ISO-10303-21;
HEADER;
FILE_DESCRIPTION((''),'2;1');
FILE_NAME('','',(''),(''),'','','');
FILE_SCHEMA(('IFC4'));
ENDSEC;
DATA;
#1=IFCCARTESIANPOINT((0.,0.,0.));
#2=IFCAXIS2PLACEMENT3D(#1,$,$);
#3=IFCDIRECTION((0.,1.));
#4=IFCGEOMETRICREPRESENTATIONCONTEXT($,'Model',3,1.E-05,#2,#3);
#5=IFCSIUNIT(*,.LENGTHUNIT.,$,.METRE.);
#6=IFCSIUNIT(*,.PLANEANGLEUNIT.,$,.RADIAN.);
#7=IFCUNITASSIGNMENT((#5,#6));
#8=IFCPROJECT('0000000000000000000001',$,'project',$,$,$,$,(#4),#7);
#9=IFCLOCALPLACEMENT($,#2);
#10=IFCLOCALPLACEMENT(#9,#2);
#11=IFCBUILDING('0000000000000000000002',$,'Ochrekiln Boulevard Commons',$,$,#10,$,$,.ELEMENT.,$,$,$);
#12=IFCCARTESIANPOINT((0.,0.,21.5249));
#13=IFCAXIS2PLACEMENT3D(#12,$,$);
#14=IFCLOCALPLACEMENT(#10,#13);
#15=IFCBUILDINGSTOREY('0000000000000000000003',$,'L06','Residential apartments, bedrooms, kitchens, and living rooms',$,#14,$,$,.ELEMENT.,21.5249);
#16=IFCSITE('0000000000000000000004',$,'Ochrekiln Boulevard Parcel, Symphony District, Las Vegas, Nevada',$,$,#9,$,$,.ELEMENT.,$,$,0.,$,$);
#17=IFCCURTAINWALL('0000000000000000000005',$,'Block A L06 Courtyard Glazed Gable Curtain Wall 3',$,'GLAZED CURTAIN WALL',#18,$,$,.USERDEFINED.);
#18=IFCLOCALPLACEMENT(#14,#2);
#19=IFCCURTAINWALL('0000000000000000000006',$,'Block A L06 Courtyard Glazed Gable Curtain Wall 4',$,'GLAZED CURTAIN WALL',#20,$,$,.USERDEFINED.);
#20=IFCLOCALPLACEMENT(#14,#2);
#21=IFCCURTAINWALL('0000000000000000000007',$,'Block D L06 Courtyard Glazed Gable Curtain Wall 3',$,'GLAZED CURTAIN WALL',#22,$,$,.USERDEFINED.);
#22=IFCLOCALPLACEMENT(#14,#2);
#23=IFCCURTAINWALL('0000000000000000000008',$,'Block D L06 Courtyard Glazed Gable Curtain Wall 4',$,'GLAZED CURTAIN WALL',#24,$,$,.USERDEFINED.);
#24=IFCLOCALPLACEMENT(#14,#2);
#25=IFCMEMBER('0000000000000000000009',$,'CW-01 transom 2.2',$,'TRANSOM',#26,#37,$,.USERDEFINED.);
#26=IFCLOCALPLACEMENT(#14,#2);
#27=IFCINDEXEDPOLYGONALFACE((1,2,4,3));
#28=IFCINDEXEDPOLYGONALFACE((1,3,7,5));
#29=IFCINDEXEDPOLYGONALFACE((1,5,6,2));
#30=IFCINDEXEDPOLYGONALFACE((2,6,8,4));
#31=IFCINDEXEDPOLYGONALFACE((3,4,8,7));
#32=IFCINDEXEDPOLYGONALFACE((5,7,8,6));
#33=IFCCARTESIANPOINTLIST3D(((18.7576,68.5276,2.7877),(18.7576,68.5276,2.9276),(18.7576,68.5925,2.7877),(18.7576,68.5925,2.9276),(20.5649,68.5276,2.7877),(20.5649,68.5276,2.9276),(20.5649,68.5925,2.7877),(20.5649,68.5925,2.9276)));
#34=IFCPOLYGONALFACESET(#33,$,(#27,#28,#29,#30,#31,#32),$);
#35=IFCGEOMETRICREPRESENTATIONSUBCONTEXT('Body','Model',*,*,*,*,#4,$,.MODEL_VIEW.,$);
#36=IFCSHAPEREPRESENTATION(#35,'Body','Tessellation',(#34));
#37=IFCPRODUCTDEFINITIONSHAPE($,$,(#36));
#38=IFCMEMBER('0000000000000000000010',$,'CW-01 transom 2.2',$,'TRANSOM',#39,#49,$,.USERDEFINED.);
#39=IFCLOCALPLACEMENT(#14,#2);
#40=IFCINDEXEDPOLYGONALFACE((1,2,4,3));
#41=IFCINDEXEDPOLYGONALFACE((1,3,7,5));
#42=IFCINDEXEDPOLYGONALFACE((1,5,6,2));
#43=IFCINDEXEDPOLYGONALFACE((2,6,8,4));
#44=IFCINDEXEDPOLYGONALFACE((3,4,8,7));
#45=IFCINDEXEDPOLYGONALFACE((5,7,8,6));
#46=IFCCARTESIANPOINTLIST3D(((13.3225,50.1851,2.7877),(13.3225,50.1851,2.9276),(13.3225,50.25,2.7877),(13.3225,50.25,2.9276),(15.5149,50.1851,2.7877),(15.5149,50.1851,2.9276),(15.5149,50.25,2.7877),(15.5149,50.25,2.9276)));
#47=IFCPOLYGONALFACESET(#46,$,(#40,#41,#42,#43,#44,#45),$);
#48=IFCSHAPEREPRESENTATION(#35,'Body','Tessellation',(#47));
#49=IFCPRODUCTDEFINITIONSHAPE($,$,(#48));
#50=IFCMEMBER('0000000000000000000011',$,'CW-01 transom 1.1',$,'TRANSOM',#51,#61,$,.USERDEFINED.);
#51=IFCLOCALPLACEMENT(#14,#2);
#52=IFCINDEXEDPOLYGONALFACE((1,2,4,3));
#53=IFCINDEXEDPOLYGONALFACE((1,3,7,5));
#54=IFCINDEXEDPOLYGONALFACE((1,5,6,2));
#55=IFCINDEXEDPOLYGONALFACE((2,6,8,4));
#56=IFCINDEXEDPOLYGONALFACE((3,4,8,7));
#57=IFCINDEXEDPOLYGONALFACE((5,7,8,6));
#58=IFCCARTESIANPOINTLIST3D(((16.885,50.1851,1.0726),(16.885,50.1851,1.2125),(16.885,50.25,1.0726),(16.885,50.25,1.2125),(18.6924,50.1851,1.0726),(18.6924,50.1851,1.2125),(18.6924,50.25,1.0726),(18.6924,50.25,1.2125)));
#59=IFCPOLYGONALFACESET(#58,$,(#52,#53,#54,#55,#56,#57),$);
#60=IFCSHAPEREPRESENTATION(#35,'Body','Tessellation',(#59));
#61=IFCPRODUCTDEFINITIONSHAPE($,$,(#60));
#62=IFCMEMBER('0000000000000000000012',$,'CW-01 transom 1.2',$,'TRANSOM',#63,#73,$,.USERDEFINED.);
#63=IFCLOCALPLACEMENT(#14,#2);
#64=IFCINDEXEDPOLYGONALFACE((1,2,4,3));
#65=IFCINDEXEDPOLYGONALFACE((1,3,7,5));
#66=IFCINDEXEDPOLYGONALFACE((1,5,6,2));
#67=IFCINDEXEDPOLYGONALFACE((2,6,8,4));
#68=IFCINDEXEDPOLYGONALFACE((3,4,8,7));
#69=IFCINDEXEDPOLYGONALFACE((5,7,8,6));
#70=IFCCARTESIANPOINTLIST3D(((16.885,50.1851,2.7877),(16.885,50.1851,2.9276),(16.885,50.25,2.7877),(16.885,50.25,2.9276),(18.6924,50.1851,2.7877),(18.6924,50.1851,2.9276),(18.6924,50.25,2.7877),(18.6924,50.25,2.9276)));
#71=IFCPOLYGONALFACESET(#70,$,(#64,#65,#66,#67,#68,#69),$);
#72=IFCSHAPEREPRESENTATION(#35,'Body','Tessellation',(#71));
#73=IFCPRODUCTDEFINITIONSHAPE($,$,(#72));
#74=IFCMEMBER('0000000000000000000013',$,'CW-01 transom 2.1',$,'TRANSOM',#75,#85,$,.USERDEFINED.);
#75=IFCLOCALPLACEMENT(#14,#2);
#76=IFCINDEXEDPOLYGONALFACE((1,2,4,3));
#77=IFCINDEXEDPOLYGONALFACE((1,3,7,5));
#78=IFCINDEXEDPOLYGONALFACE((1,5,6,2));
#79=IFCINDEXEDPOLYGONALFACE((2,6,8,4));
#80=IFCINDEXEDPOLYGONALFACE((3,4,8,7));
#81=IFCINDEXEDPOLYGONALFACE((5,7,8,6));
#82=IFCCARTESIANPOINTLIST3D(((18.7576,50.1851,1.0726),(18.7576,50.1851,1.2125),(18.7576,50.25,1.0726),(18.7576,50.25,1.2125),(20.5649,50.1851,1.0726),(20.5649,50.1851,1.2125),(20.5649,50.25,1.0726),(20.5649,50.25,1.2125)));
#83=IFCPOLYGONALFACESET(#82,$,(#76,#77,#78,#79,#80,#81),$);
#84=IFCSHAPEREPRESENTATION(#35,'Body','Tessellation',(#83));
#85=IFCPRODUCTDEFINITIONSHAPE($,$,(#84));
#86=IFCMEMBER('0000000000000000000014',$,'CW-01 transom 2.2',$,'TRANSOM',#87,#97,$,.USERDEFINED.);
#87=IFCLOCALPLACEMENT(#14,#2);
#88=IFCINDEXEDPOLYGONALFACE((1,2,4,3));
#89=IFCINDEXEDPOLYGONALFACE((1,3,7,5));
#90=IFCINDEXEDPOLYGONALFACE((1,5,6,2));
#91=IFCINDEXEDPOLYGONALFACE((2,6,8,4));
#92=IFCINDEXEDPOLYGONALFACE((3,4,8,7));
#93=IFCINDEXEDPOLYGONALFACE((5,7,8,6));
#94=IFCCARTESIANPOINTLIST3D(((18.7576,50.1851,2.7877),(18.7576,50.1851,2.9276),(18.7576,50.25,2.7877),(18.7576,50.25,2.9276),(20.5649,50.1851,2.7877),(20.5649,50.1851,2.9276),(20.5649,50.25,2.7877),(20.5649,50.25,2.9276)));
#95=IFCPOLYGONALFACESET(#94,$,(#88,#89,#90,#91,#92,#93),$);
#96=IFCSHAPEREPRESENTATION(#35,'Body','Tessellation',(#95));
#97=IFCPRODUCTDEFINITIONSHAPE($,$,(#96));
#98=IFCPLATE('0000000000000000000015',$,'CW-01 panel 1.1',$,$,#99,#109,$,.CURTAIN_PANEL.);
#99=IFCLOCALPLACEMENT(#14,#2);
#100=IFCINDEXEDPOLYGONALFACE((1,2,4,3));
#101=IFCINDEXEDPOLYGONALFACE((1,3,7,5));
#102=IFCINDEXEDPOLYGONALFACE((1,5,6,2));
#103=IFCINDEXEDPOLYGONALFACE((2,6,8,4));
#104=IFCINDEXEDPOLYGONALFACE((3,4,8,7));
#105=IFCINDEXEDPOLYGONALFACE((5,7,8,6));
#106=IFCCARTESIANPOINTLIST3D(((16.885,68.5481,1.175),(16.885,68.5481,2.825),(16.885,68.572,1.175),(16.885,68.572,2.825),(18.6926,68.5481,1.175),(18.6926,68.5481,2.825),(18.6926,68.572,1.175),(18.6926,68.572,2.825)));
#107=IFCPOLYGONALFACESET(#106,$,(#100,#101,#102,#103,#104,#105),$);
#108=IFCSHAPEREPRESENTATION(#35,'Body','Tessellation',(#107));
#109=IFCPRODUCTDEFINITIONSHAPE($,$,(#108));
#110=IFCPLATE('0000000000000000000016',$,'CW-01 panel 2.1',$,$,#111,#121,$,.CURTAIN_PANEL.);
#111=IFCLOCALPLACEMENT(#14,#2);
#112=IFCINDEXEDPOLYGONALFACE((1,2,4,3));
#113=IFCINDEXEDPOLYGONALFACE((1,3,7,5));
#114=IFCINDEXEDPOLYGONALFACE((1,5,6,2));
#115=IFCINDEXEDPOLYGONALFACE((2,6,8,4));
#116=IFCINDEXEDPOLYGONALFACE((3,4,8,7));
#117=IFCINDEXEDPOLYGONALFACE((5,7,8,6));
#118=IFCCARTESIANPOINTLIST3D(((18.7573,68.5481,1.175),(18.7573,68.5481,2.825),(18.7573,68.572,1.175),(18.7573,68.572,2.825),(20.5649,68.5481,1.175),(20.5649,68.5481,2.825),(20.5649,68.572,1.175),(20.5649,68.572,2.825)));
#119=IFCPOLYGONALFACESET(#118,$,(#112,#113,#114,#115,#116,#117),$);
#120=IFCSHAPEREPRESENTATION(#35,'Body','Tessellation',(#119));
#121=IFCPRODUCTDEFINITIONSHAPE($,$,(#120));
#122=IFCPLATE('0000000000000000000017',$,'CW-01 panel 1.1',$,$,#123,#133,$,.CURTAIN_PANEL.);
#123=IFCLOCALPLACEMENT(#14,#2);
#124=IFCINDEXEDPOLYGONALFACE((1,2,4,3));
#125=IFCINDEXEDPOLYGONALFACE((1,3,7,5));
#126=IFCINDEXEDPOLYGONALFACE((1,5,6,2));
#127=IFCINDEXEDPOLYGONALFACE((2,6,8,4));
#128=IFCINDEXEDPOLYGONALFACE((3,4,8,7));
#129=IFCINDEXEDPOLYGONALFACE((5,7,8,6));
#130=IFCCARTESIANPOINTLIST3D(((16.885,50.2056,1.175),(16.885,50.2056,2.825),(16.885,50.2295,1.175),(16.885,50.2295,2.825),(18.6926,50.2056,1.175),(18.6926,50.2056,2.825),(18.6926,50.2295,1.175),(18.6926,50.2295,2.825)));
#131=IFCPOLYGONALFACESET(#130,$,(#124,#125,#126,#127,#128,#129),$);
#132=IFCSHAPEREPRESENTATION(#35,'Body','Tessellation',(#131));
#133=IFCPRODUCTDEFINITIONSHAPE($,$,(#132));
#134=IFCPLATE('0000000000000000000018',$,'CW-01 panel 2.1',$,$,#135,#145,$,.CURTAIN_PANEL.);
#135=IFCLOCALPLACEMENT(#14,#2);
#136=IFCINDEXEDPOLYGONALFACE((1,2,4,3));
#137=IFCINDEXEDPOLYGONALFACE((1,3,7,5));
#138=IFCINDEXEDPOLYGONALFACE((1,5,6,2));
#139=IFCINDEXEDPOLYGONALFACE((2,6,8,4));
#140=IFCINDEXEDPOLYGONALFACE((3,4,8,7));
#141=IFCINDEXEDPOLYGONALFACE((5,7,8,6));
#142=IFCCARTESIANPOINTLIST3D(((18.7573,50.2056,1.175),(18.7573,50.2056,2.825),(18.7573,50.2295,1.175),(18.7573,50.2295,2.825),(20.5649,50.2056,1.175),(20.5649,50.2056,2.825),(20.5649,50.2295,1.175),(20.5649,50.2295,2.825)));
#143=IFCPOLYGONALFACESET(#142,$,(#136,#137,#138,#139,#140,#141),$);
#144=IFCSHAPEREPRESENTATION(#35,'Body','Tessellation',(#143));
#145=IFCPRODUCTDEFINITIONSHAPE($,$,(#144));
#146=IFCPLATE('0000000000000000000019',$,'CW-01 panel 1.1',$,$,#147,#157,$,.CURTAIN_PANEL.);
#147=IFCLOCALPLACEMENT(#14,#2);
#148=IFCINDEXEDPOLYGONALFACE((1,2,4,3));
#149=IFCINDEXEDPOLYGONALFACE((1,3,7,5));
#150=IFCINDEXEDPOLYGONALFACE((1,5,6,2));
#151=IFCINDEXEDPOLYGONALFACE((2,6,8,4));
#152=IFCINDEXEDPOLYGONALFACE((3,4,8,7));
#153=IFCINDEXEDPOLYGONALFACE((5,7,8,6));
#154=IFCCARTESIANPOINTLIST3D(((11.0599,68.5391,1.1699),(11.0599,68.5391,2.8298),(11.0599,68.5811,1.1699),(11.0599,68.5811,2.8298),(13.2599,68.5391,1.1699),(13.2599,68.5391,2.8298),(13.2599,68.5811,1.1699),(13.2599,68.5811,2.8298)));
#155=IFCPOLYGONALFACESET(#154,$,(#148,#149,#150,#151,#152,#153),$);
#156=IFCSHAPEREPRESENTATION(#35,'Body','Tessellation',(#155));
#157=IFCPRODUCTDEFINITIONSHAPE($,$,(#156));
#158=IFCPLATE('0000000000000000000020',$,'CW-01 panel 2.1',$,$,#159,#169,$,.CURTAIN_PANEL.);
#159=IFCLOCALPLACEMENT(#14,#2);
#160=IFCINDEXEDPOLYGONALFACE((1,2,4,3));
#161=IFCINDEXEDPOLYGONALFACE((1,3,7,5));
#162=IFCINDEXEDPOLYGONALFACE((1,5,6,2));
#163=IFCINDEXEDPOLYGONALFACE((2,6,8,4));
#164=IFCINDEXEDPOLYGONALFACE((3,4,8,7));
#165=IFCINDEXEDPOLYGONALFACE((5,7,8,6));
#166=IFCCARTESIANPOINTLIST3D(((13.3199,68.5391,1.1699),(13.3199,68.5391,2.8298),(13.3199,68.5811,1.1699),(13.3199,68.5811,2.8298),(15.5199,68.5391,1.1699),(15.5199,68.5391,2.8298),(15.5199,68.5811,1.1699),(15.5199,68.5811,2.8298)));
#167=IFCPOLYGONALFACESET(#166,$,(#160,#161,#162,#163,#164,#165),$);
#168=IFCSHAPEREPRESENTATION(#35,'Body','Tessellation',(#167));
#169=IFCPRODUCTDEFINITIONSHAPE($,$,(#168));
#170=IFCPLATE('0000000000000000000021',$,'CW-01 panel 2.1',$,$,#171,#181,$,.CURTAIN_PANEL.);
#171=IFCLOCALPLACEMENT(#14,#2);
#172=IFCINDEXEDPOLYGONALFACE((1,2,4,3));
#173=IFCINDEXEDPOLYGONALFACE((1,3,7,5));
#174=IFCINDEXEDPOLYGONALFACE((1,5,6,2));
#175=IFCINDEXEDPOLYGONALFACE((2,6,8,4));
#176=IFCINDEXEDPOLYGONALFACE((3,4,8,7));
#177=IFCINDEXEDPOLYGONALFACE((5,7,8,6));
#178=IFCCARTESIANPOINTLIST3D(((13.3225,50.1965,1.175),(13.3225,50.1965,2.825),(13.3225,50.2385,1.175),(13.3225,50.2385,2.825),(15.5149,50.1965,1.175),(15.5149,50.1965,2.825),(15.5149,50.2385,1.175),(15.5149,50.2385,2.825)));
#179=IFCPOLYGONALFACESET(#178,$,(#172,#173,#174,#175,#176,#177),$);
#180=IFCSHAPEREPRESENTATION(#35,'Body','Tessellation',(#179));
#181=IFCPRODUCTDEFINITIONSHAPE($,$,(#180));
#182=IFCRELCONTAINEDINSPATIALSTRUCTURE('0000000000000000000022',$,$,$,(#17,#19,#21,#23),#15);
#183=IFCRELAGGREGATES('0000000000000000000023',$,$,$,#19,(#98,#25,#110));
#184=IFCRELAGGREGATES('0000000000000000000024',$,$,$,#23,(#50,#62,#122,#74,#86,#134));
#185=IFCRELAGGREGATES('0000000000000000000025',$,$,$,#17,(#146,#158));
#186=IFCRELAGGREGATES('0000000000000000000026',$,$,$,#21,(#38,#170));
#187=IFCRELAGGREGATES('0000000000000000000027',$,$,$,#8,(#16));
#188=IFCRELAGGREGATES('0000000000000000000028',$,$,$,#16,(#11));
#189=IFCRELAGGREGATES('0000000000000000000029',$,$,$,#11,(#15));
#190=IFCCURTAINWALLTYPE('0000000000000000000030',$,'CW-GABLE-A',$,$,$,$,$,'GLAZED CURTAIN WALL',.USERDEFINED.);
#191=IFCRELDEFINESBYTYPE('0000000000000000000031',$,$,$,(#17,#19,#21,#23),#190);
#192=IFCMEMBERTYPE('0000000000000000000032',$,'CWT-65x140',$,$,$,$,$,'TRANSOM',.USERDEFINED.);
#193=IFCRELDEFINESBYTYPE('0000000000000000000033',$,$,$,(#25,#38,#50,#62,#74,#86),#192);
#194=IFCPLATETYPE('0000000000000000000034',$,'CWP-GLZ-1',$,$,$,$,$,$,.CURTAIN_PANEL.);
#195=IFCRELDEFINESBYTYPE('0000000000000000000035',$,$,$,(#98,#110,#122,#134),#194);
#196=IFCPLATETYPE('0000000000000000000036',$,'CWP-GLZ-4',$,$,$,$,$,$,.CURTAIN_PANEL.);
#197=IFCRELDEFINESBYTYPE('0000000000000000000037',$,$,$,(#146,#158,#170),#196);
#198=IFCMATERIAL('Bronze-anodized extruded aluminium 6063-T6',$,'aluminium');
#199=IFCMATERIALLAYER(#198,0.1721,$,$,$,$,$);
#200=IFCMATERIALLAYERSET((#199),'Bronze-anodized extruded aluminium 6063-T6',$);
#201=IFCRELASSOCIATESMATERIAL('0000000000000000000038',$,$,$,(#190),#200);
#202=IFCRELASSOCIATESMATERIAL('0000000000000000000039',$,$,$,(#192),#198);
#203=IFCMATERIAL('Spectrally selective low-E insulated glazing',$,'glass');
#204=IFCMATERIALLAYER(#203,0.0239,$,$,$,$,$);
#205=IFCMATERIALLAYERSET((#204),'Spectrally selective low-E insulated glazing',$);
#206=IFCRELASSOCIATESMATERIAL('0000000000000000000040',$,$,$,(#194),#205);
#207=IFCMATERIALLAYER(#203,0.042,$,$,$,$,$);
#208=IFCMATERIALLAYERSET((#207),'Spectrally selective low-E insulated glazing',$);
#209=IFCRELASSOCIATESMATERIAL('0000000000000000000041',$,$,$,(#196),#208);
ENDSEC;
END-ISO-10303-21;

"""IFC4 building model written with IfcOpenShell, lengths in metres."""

from ifc_helpers import new_model, si_unit, direction, frame, origin, origin_2d, place, context, subcontext, project, spatial, rectangle, extrude, material, layer, layer_set, material_profile, profile_set, type_object, element, aggregate, save


model = new_model("IFC4")

# Units and contexts
model_context = context("Model", 3, precision=1e-05, world=origin(), true_north=direction((0.0, 1.0)))
body_context = subcontext(model_context, "Body", "Model", "MODEL_VIEW")
ifc_project = project(units=[si_unit("LENGTHUNIT", "METRE"), si_unit("PLANEANGLEUNIT", "RADIAN")], contexts=[model_context])

# Site, building, storey
site_placement = place(None, origin())
site = spatial("IfcSite", under=ifc_project, at=site_placement, Name="Ochrekiln Boulevard Parcel, Symphony District, Las Vegas, Nevada", CompositionType="ELEMENT", RefElevation=0.0)
building_placement = place(site_placement, origin())
building = spatial("IfcBuilding", under=site, at=building_placement, Name="Ochrekiln Boulevard Commons", CompositionType="ELEMENT")
storey_placement = place(building_placement, frame((0.0, 0.0, 21.5249)))
storey = spatial("IfcBuildingStorey", under=building, at=storey_placement, Name="L06", Description="Residential apartments, bedrooms, kitchens, and living rooms", CompositionType="ELEMENT", Elevation=21.5249)

# Curtain walls
ifc_material_1 = material(Name="Bronze-anodized extruded aluminium 6063-T6", Category="aluminium")
ifc_layer_1 = layer(ifc_material_1, 0.1721)
ifc_layer_set_1 = layer_set([ifc_layer_1], Name="Bronze-anodized extruded aluminium 6063-T6")
curtain_wall_type = type_object("IfcCurtainWallType", Name="CW-GABLE-A", ElementType="GLAZED CURTAIN WALL", PredefinedType="USERDEFINED", material=ifc_layer_set_1)
curtain_wall_1_placement = place(storey_placement, origin())
curtain_wall_1 = element("IfcCurtainWall", 1, at=curtain_wall_1_placement, inside=storey, type_object=curtain_wall_type, Name="Block A L06 Courtyard Glazed Gable Curtain Wall 3", ObjectType="GLAZED CURTAIN WALL", PredefinedType="USERDEFINED")
curtain_wall_2_placement = place(storey_placement, origin())
curtain_wall_2 = element("IfcCurtainWall", 2, at=curtain_wall_2_placement, inside=storey, type_object=curtain_wall_type, Name="Block A L06 Courtyard Glazed Gable Curtain Wall 4", ObjectType="GLAZED CURTAIN WALL", PredefinedType="USERDEFINED")

# Curtain wall
curtain_wall_3_placement = place(storey_placement, origin())
curtain_wall_3 = element("IfcCurtainWall", 3, at=curtain_wall_3_placement, inside=storey, type_object=curtain_wall_type, Name="Block D L06 Courtyard Glazed Gable Curtain Wall 3", ObjectType="GLAZED CURTAIN WALL", PredefinedType="USERDEFINED")

# Curtain wall
curtain_wall_4_placement = place(storey_placement, origin())
curtain_wall_4 = element("IfcCurtainWall", 4, at=curtain_wall_4_placement, inside=storey, type_object=curtain_wall_type, Name="Block D L06 Courtyard Glazed Gable Curtain Wall 4", ObjectType="GLAZED CURTAIN WALL", PredefinedType="USERDEFINED")

# Members
ifc_material_profile_1 = material_profile(ifc_material_1, rectangle(XDim=0.0649, YDim=0.1399, at=origin_2d()), Name="ALU-TRN-65x140")
ifc_profile_set_1 = profile_set([ifc_material_profile_1], Name="Bronze-anodized extruded aluminium 6063-T6")
member_type_1 = type_object("IfcMemberType", Name="CWT-65x140", ElementType="TRANSOM", PredefinedType="USERDEFINED", material=ifc_profile_set_1)
member_1_placement = place(storey_placement, frame((18.7576, 68.5601, 2.8577), z_axis=(1.0, 0.0, 0.0), x_axis=(0.0, 1.0, 0.0)))
member_1 = element("IfcMember", 5, at=member_1_placement, type_object=member_type_1, Name="CW-01 transom 2.2", ObjectType="TRANSOM", PredefinedType="USERDEFINED", context=body_context, shape_type="SweptSolid", body=[
    extrude(rectangle(XDim=0.0649, YDim=0.1399, at=origin_2d()), origin(), (0.0, 0.0, 1.0), 1.8074),
])
member_2_placement = place(storey_placement, frame((13.3225, 50.2175, 2.8577), z_axis=(1.0, 0.0, 0.0), x_axis=(0.0, 1.0, 0.0)))
member_2 = element("IfcMember", 6, at=member_2_placement, type_object=member_type_1, Name="CW-01 transom 2.2", ObjectType="TRANSOM", PredefinedType="USERDEFINED", context=body_context, shape_type="SweptSolid", body=[
    extrude(rectangle(XDim=0.0649, YDim=0.1399, at=origin_2d()), origin(), (0.0, 0.0, 1.0), 2.1924),
])
member_3_placement = place(storey_placement, frame((16.885, 50.2175, 1.1426), z_axis=(1.0, 0.0, 0.0), x_axis=(0.0, 1.0, 0.0)))
member_3 = element("IfcMember", 7, at=member_3_placement, type_object=member_type_1, Name="CW-01 transom 1.1", ObjectType="TRANSOM", PredefinedType="USERDEFINED", context=body_context, shape_type="SweptSolid", body=[
    extrude(rectangle(XDim=0.0649, YDim=0.1399, at=origin_2d()), origin(), (0.0, 0.0, 1.0), 1.8074),
])
member_4_placement = place(storey_placement, frame((16.885, 50.2175, 2.8577), z_axis=(1.0, 0.0, 0.0), x_axis=(0.0, 1.0, 0.0)))
member_4 = element("IfcMember", 8, at=member_4_placement, type_object=member_type_1, Name="CW-01 transom 1.2", ObjectType="TRANSOM", PredefinedType="USERDEFINED", context=body_context, shape_type="SweptSolid", body=[
    extrude(rectangle(XDim=0.0649, YDim=0.1399, at=origin_2d()), origin(), (0.0, 0.0, 1.0), 1.8074),
])
member_5_placement = place(storey_placement, frame((18.7576, 50.2175, 1.1426), z_axis=(1.0, 0.0, 0.0), x_axis=(0.0, 1.0, 0.0)))
member_5 = element("IfcMember", 9, at=member_5_placement, type_object=member_type_1, Name="CW-01 transom 2.1", ObjectType="TRANSOM", PredefinedType="USERDEFINED", context=body_context, shape_type="SweptSolid", body=[
    extrude(rectangle(XDim=0.0649, YDim=0.1399, at=origin_2d()), origin(), (0.0, 0.0, 1.0), 1.8074),
])
member_6_placement = place(storey_placement, frame((18.7576, 50.2175, 2.8577), z_axis=(1.0, 0.0, 0.0), x_axis=(0.0, 1.0, 0.0)))
member_6 = element("IfcMember", 10, at=member_6_placement, type_object=member_type_1, Name="CW-01 transom 2.2", ObjectType="TRANSOM", PredefinedType="USERDEFINED", context=body_context, shape_type="SweptSolid", body=[
    extrude(rectangle(XDim=0.0649, YDim=0.1399, at=origin_2d()), origin(), (0.0, 0.0, 1.0), 1.8074),
])

# Plates
ifc_material_2 = material(Name="Spectrally selective low-E insulated glazing", Category="glass")
ifc_layer_2 = layer(ifc_material_2, 0.0239)
ifc_layer_set_2 = layer_set([ifc_layer_2], Name="Spectrally selective low-E insulated glazing")
plate_type_1 = type_object("IfcPlateType", Name="CWP-GLZ-1", PredefinedType="CURTAIN_PANEL", material=ifc_layer_set_2)
plate_1_placement = place(storey_placement, frame((17.7888, 68.5601, 1.175), z_axis=(0.0, 0.0, 1.0), x_axis=(1.0, 0.0, 0.0)))
plate_1 = element("IfcPlate", 11, at=plate_1_placement, type_object=plate_type_1, Name="CW-01 panel 1.1", PredefinedType="CURTAIN_PANEL", context=body_context, shape_type="SweptSolid", body=[
    extrude(rectangle(XDim=1.8076, YDim=0.0239, at=origin_2d()), origin(), (0.0, 0.0, 1.0), 1.6499),
])
plate_2_placement = place(storey_placement, frame((19.6611, 68.5601, 1.175), z_axis=(0.0, 0.0, 1.0), x_axis=(1.0, 0.0, 0.0)))
plate_2 = element("IfcPlate", 12, at=plate_2_placement, type_object=plate_type_1, Name="CW-01 panel 2.1", PredefinedType="CURTAIN_PANEL", context=body_context, shape_type="SweptSolid", body=[
    extrude(rectangle(XDim=1.8076, YDim=0.0239, at=origin_2d()), origin(), (0.0, 0.0, 1.0), 1.6499),
])
aggregate(curtain_wall_2, [plate_1, member_1, plate_2])
plate_3_placement = place(storey_placement, frame((17.7888, 50.2175, 1.175), z_axis=(0.0, 0.0, 1.0), x_axis=(1.0, 0.0, 0.0)))
plate_3 = element("IfcPlate", 13, at=plate_3_placement, type_object=plate_type_1, Name="CW-01 panel 1.1", PredefinedType="CURTAIN_PANEL", context=body_context, shape_type="SweptSolid", body=[
    extrude(rectangle(XDim=1.8076, YDim=0.0239, at=origin_2d()), origin(), (0.0, 0.0, 1.0), 1.6499),
])
plate_4_placement = place(storey_placement, frame((19.6611, 50.2175, 1.175), z_axis=(0.0, 0.0, 1.0), x_axis=(1.0, 0.0, 0.0)))
plate_4 = element("IfcPlate", 14, at=plate_4_placement, type_object=plate_type_1, Name="CW-01 panel 2.1", PredefinedType="CURTAIN_PANEL", context=body_context, shape_type="SweptSolid", body=[
    extrude(rectangle(XDim=1.8076, YDim=0.0239, at=origin_2d()), origin(), (0.0, 0.0, 1.0), 1.6499),
])
aggregate(curtain_wall_4, [member_3, member_4, plate_3, member_5, member_6, plate_4])
ifc_layer_3 = layer(ifc_material_2, 0.042)
ifc_layer_set_3 = layer_set([ifc_layer_3], Name="Spectrally selective low-E insulated glazing")
plate_type_2 = type_object("IfcPlateType", Name="CWP-GLZ-4", PredefinedType="CURTAIN_PANEL", material=ifc_layer_set_3)
plate_5_placement = place(storey_placement, frame((12.1599, 68.5601, 1.1699), z_axis=(0.0, 0.0, 1.0), x_axis=(1.0, 0.0, 0.0)))
plate_5 = element("IfcPlate", 15, at=plate_5_placement, type_object=plate_type_2, Name="CW-01 panel 1.1", PredefinedType="CURTAIN_PANEL", context=body_context, shape_type="SweptSolid", body=[
    extrude(rectangle(XDim=2.2, YDim=0.042, at=origin_2d()), origin(), (0.0, 0.0, 1.0), 1.6599),
])
plate_6_placement = place(storey_placement, frame((14.4199, 68.5601, 1.1699), z_axis=(0.0, 0.0, 1.0), x_axis=(1.0, 0.0, 0.0)))
plate_6 = element("IfcPlate", 16, at=plate_6_placement, type_object=plate_type_2, Name="CW-01 panel 2.1", PredefinedType="CURTAIN_PANEL", context=body_context, shape_type="SweptSolid", body=[
    extrude(rectangle(XDim=2.2, YDim=0.042, at=origin_2d()), origin(), (0.0, 0.0, 1.0), 1.6599),
])
aggregate(curtain_wall_1, [plate_5, plate_6])
plate_7_placement = place(storey_placement, frame((14.4187, 50.2175, 1.175), z_axis=(0.0, 0.0, 1.0), x_axis=(1.0, 0.0, 0.0)))
plate_7 = element("IfcPlate", 17, at=plate_7_placement, type_object=plate_type_2, Name="CW-01 panel 2.1", PredefinedType="CURTAIN_PANEL", context=body_context, shape_type="SweptSolid", body=[
    extrude(rectangle(XDim=2.1924, YDim=0.042, at=origin_2d()), origin(), (0.0, 0.0, 1.0), 1.6499),
])
aggregate(curtain_wall_3, [member_2, plate_7])

save(model, "model.ifc")
